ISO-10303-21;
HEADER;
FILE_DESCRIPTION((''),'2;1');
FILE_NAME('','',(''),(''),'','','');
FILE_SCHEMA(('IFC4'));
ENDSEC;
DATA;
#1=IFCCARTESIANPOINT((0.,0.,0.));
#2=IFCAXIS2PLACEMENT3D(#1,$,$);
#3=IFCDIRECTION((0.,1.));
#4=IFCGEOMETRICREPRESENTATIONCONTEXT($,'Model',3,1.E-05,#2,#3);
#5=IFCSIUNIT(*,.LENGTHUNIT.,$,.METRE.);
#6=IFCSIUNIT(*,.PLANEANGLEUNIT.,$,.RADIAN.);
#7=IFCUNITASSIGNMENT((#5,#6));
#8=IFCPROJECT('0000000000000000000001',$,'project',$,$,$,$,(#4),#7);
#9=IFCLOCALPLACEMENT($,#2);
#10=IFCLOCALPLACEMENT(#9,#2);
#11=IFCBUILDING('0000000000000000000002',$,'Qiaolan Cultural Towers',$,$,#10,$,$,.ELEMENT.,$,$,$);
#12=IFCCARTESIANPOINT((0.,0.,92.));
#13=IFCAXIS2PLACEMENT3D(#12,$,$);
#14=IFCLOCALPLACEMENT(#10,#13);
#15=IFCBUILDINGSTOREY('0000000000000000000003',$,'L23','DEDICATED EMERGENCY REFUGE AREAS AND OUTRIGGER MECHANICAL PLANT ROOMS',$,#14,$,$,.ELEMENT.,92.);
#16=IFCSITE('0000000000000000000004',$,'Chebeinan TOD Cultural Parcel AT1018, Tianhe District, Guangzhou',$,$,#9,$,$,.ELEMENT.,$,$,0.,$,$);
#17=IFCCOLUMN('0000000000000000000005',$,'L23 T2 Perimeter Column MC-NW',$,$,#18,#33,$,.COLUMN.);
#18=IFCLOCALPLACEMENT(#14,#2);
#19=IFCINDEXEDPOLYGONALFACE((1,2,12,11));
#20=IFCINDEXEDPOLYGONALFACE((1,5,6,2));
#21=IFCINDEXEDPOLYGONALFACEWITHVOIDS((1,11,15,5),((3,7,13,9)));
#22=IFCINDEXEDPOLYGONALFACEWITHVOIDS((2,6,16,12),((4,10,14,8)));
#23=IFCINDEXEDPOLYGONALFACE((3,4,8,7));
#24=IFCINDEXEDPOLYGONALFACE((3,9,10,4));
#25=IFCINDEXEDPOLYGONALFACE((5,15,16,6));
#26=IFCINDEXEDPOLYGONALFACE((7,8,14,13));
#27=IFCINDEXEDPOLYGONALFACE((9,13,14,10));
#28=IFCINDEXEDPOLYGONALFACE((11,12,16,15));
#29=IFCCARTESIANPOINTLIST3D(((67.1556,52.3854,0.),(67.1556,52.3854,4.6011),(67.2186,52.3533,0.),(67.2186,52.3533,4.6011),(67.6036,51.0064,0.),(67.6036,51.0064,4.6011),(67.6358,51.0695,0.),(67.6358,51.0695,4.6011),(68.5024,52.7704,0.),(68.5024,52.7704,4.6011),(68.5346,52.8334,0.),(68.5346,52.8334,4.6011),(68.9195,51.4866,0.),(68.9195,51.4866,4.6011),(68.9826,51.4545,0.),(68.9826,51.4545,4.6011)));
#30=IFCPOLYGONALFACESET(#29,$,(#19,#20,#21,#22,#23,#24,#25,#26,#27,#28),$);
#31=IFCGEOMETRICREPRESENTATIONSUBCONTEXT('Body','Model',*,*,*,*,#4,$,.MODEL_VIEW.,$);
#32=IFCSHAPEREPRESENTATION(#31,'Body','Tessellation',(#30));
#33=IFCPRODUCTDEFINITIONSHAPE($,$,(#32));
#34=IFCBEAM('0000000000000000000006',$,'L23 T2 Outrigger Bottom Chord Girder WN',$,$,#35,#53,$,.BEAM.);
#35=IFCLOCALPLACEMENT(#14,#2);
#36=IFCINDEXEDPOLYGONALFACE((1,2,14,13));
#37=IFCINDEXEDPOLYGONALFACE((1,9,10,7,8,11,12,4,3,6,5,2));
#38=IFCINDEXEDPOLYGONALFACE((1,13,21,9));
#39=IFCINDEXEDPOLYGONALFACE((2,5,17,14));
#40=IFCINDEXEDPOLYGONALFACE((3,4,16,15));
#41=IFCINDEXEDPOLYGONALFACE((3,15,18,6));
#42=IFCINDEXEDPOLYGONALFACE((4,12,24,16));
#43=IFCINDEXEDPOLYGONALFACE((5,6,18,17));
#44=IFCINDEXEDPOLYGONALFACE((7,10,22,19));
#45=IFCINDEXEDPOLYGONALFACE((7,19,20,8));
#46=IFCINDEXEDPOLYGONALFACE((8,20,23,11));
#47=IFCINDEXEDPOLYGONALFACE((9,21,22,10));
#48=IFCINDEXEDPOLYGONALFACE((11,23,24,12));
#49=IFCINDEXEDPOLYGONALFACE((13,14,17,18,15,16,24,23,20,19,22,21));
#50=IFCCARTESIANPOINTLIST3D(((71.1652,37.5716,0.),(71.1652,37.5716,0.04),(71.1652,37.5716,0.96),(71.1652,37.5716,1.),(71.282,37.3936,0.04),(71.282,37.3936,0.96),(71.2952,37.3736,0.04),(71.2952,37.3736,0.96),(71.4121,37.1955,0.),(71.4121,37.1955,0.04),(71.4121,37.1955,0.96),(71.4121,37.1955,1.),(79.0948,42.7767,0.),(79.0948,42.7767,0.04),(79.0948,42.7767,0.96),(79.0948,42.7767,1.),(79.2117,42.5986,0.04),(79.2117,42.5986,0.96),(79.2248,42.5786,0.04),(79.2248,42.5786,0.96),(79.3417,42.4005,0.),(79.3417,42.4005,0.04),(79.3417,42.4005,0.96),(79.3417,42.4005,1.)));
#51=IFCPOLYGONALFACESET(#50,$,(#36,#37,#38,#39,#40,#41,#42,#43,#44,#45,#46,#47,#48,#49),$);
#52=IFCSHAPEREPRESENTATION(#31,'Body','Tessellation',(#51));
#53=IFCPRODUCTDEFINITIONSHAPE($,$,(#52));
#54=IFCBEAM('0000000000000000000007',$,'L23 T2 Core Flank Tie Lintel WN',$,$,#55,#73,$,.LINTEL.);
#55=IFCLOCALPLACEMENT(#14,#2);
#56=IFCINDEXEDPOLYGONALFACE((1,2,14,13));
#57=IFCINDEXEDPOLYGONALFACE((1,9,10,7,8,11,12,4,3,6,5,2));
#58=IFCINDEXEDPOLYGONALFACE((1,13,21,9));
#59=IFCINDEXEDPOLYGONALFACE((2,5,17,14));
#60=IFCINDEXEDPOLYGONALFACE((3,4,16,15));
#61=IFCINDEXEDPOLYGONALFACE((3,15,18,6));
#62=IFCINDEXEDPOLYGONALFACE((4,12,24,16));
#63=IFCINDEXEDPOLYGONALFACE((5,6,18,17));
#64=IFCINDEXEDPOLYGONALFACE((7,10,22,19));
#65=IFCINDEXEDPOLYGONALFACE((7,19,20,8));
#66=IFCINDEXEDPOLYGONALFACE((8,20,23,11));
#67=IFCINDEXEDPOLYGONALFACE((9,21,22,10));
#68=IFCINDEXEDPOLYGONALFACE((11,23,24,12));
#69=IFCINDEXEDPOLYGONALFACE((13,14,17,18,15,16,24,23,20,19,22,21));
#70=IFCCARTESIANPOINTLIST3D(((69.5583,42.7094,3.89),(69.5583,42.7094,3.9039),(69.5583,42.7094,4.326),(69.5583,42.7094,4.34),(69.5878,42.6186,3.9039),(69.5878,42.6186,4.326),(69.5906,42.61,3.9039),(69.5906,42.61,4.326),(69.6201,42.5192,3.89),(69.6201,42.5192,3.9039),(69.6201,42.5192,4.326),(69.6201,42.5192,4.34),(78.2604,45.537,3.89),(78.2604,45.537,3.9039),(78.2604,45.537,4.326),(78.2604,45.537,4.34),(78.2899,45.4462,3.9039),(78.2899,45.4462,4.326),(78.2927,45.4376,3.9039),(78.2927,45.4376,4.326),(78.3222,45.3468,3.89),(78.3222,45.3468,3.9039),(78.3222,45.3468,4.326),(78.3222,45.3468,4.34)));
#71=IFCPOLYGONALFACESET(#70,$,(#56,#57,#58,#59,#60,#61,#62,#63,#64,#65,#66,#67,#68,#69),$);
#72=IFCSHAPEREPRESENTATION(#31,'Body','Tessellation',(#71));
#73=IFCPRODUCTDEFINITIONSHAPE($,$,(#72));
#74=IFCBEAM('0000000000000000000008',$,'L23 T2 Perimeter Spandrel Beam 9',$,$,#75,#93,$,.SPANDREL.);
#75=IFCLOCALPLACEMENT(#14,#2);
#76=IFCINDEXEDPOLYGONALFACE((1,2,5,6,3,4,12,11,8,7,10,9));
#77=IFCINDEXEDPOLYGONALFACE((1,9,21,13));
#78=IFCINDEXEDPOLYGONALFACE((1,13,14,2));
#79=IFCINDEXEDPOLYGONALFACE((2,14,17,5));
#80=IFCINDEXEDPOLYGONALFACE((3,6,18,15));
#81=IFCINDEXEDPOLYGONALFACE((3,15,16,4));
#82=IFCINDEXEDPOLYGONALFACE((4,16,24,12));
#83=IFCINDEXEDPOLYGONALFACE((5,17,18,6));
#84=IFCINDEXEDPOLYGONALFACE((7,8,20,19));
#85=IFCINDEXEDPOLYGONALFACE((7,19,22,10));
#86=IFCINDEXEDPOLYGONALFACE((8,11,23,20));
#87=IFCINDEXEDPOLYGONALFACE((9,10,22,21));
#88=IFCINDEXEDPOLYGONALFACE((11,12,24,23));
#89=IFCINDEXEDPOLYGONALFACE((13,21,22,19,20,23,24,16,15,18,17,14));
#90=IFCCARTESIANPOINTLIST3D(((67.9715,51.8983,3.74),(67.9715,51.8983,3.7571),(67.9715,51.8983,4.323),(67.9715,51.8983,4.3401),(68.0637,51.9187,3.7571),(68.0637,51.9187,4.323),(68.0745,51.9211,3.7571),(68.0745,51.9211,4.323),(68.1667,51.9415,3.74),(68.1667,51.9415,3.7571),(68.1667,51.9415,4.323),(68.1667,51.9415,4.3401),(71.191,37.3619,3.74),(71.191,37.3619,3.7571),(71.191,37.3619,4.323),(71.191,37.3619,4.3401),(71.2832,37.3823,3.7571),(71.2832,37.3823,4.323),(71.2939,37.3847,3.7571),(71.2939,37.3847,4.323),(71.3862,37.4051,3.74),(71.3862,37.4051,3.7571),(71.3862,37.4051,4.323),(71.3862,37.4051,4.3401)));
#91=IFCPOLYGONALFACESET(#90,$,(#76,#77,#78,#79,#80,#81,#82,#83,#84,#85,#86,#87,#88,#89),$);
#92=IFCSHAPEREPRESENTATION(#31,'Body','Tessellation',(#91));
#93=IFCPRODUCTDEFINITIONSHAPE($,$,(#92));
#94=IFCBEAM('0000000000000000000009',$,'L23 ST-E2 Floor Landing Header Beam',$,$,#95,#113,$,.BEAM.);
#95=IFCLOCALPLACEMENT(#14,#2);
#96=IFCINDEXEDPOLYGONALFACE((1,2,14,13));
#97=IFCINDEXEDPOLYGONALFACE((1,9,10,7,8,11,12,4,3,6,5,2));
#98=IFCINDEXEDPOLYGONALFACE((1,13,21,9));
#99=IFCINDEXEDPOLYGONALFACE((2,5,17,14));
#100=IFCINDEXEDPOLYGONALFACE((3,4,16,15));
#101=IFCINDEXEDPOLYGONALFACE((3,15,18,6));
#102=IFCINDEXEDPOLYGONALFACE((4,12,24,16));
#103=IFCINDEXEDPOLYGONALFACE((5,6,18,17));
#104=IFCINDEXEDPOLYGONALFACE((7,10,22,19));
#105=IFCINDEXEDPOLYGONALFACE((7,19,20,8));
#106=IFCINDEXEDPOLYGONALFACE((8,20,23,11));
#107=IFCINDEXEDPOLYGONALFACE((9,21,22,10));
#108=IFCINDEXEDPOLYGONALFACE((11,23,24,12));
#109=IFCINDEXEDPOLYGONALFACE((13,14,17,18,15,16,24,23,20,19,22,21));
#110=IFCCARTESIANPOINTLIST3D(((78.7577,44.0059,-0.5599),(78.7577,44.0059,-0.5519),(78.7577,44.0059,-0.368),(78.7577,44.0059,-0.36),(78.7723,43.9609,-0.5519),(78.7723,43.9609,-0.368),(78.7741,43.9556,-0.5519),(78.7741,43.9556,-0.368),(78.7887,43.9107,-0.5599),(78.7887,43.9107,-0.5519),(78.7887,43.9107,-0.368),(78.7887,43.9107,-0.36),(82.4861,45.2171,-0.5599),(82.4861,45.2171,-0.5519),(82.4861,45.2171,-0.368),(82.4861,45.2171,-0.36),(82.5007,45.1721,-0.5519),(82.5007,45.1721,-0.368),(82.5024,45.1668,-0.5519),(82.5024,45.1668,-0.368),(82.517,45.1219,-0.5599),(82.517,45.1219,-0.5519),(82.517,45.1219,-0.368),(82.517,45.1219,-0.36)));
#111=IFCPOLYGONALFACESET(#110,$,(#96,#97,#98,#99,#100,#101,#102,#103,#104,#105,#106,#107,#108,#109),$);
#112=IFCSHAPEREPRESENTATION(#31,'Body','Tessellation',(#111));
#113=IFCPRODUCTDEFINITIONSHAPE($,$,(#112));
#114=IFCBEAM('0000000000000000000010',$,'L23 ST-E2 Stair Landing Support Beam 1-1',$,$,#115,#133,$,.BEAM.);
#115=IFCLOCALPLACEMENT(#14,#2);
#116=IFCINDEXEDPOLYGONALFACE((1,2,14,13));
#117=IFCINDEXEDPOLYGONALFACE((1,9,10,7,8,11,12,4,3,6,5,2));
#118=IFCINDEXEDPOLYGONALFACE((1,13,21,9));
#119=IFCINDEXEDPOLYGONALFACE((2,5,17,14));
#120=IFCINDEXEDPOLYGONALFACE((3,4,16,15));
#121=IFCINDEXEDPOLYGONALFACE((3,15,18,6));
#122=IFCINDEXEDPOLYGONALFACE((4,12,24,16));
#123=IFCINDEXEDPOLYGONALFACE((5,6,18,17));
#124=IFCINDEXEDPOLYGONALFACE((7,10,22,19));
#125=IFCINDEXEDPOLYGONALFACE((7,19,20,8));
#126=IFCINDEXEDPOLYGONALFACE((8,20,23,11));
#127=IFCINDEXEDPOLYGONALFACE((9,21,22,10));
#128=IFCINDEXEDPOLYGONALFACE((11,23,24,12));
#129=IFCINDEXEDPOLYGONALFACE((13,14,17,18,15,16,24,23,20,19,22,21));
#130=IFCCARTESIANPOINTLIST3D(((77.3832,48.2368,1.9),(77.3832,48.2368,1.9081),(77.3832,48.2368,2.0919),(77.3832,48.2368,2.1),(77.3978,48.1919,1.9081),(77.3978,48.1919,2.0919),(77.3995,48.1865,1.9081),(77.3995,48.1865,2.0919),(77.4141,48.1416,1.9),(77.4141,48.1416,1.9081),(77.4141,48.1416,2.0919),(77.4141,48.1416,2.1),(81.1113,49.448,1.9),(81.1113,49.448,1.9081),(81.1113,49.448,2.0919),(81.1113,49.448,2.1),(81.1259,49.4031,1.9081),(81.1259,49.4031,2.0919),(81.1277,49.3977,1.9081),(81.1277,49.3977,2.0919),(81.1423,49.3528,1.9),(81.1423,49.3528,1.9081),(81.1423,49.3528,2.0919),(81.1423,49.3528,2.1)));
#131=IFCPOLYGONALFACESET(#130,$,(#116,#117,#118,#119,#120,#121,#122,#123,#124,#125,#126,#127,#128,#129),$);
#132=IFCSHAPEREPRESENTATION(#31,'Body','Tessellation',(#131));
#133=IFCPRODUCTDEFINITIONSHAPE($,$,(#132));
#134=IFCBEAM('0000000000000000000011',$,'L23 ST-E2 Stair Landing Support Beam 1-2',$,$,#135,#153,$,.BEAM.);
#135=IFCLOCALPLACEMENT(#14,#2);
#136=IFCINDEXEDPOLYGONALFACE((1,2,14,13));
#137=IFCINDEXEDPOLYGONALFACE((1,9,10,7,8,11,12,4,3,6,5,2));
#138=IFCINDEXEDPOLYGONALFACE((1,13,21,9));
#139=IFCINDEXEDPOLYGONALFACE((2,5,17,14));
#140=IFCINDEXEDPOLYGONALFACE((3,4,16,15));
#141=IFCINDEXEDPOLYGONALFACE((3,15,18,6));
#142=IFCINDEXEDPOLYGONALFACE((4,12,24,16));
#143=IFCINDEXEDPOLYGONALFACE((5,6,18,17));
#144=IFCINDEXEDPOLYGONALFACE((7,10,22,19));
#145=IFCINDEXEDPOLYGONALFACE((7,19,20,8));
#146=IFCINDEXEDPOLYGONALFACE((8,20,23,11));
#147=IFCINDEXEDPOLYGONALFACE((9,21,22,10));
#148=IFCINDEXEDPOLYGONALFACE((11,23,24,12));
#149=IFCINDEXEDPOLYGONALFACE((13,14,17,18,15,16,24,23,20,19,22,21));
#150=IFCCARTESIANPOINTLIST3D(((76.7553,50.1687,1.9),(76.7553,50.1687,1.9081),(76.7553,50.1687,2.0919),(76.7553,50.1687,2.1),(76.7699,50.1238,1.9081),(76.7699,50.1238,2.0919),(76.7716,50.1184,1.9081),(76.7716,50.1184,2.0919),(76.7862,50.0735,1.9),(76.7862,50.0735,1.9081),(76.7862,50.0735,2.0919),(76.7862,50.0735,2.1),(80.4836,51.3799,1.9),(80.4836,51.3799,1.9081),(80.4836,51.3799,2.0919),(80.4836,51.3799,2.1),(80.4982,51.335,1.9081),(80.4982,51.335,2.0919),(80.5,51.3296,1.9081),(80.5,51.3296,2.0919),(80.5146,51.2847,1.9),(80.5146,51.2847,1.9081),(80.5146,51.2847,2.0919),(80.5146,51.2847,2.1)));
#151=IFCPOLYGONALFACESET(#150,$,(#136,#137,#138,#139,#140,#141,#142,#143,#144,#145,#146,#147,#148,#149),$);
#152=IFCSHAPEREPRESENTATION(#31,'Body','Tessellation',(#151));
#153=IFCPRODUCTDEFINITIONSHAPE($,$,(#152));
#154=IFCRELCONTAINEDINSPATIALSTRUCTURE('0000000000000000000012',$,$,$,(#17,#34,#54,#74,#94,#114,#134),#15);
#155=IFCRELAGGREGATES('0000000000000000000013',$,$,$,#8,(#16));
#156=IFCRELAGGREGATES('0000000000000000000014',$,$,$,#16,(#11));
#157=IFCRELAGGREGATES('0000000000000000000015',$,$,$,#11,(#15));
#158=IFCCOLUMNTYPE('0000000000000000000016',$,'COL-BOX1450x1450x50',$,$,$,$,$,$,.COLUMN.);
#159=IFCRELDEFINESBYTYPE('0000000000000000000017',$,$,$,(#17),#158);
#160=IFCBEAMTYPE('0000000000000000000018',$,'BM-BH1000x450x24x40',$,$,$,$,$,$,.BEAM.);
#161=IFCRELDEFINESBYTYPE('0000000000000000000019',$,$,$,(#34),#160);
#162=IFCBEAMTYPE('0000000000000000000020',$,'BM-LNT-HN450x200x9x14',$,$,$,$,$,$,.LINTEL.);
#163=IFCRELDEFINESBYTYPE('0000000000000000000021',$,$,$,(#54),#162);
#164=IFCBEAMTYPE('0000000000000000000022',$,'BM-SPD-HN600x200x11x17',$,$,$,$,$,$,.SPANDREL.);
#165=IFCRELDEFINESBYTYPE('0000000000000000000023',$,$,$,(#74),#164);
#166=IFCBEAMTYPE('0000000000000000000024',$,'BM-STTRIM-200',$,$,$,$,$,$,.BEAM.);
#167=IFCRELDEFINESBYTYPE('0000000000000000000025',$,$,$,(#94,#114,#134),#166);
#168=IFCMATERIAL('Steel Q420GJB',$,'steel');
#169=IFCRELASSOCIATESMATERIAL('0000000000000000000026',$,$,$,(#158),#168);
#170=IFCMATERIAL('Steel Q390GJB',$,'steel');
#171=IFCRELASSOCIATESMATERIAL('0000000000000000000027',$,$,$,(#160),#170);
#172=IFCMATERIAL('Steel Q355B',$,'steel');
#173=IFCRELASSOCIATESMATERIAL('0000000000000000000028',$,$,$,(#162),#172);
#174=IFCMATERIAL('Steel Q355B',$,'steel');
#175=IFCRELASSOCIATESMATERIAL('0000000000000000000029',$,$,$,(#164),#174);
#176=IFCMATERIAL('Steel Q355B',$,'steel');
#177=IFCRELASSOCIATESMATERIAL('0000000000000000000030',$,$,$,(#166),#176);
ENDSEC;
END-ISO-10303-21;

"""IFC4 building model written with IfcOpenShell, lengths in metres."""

from ifc_helpers import new_model, si_unit, direction, frame, origin, origin_2d, place, context, subcontext, project, spatial, hollow_rectangle, i_section, extrude, material, material_profile, profile_set, type_object, element, save


model = new_model("IFC4")

# Units and contexts
model_context = context("Model", 3, precision=1e-05, world=origin(), true_north=direction((0.0, 1.0)))
body_context = subcontext(model_context, "Body", "Model", "MODEL_VIEW")
ifc_project = project(units=[si_unit("LENGTHUNIT", "METRE"), si_unit("PLANEANGLEUNIT", "RADIAN")], contexts=[model_context])

# Site, building, storey
site_placement = place(None, origin())
site = spatial("IfcSite", under=ifc_project, at=site_placement, Name="Chebeinan TOD Cultural Parcel AT1018, Tianhe District, Guangzhou", CompositionType="ELEMENT", RefElevation=0.0)
building_placement = place(site_placement, origin())
building = spatial("IfcBuilding", under=site, at=building_placement, Name="Qiaolan Cultural Towers", CompositionType="ELEMENT")
storey_placement = place(building_placement, frame((0.0, 0.0, 92.0)))
storey = spatial("IfcBuildingStorey", under=building, at=storey_placement, Name="L23", Description="DEDICATED EMERGENCY REFUGE AREAS AND OUTRIGGER MECHANICAL PLANT ROOMS", CompositionType="ELEMENT", Elevation=92.0)

# Column
ifc_material_1 = material(Name="Steel Q420GJB", Category="steel")
ifc_material_profile_1 = material_profile(ifc_material_1, hollow_rectangle(XDim=1.45, YDim=1.45, WallThickness=0.05, at=origin_2d()), Name="BOX1450x1450x50")
ifc_profile_set_1 = profile_set([ifc_material_profile_1], Name="Steel Q420GJB")
column_type = type_object("IfcColumnType", Name="COL-BOX1450x1450x50", PredefinedType="COLUMN", material=ifc_profile_set_1)
column_placement = place(storey_placement, frame((68.0691, 51.9199, 0.0), z_axis=(0.0, 0.0, 1.0), x_axis=(0.951057, 0.309017, 0.0)))
element("IfcColumn", 1, at=column_placement, inside=storey, type_object=column_type, Name="L23 T2 Perimeter Column MC-NW", PredefinedType="COLUMN", context=body_context, shape_type="SweptSolid", body=[
    extrude(hollow_rectangle(XDim=1.45, YDim=1.45, WallThickness=0.05, at=origin_2d()), origin(), (0.0, 0.0, 1.0), 4.6011),
])

# Beams
ifc_material_2 = material(Name="Steel Q390GJB", Category="steel")
ifc_material_profile_2 = material_profile(ifc_material_2, i_section(OverallWidth=0.45, OverallDepth=1.0, WebThickness=0.0239, FlangeThickness=0.04, at=origin_2d()), Name="BH1000x450x24x40")
ifc_profile_set_2 = profile_set([ifc_material_profile_2], Name="Steel Q390GJB")
beam_type_1 = type_object("IfcBeamType", Name="BM-BH1000x450x24x40", PredefinedType="BEAM", material=ifc_profile_set_2)
beam_1_placement = place(storey_placement, frame((79.2183, 42.5886, 0.5), z_axis=(-0.835989, -0.548746, 0.0), x_axis=(0.548746, -0.835989, 0.0)))
element("IfcBeam", 2, at=beam_1_placement, inside=storey, type_object=beam_type_1, Name="L23 T2 Outrigger Bottom Chord Girder WN", PredefinedType="BEAM", context=body_context, shape_type="SweptSolid", body=[
    extrude(i_section(OverallWidth=0.45, OverallDepth=1.0, WebThickness=0.0239, FlangeThickness=0.04, at=origin_2d()), origin(), (0.0, 0.0, 1.0), 9.4854),
])
ifc_material_3 = material(Name="Steel Q355B", Category="steel")
ifc_material_profile_3 = material_profile(ifc_material_3, i_section(OverallWidth=0.2, OverallDepth=0.45, WebThickness=0.009, FlangeThickness=0.0139, at=origin_2d()), Name="HN450x200x9x14")
ifc_profile_set_3 = profile_set([ifc_material_profile_3], Name="Steel Q355B")
beam_type_2 = type_object("IfcBeamType", Name="BM-LNT-HN450x200x9x14", PredefinedType="LINTEL", material=ifc_profile_set_3)
beam_2_placement = place(storey_placement, frame((78.2913, 45.4419, 4.115), z_axis=(-0.951052, -0.309031, 0.0), x_axis=(0.309031, -0.951052, 0.0)))
element("IfcBeam", 3, at=beam_2_placement, inside=storey, type_object=beam_type_2, Name="L23 T2 Core Flank Tie Lintel WN", PredefinedType="LINTEL", context=body_context, shape_type="SweptSolid", body=[
    extrude(i_section(OverallWidth=0.2, OverallDepth=0.45, WebThickness=0.009, FlangeThickness=0.0139, at=origin_2d()), origin(), (0.0, 0.0, 1.0), 9.1499),
])
ifc_material_4 = material(Name="Steel Q355B", Category="steel")
ifc_material_profile_4 = material_profile(ifc_material_4, i_section(OverallWidth=0.2, OverallDepth=0.6001, WebThickness=0.011, FlangeThickness=0.0171, at=origin_2d()), Name="HN600x200x11x17")
ifc_profile_set_4 = profile_set([ifc_material_profile_4], Name="Steel Q355B")
beam_type_3 = type_object("IfcBeamType", Name="BM-SPD-HN600x200x11x17", PredefinedType="SPANDREL", material=ifc_profile_set_4)
beam_3_placement = place(storey_placement, frame((68.0691, 51.9199, 4.04), z_axis=(0.216238, -0.976341, 0.0), x_axis=(0.976341, 0.216238, 0.0)))
element("IfcBeam", 4, at=beam_3_placement, inside=storey, type_object=beam_type_3, Name="L23 T2 Perimeter Spandrel Beam 9", PredefinedType="SPANDREL", context=body_context, shape_type="SweptSolid", body=[
    extrude(i_section(OverallWidth=0.2, OverallDepth=0.6001, WebThickness=0.011, FlangeThickness=0.0171, at=origin_2d()), origin(), (0.0, 0.0, 1.0), 14.8887),
])
ifc_material_5 = material(Name="Steel Q355B", Category="steel")
ifc_material_profile_5 = material_profile(ifc_material_5, i_section(OverallWidth=0.1001, OverallDepth=0.2, WebThickness=0.0056, FlangeThickness=0.0081, at=origin_2d()), Name="HN200x100x5.5x8")
ifc_profile_set_5 = profile_set([ifc_material_profile_5], Name="Steel Q355B")
beam_type_4 = type_object("IfcBeamType", Name="BM-STTRIM-200", PredefinedType="BEAM", material=ifc_profile_set_5)
beam_4_placement = place(storey_placement, frame((78.7732, 43.9583, -0.46), z_axis=(0.951072, 0.308969, 0.0), x_axis=(-0.308969, 0.951072, 0.0)))
element("IfcBeam", 5, at=beam_4_placement, inside=storey, type_object=beam_type_4, Name="L23 ST-E2 Floor Landing Header Beam", PredefinedType="BEAM", context=body_context, shape_type="SweptSolid", body=[
    extrude(i_section(OverallWidth=0.1001, OverallDepth=0.2, WebThickness=0.0056, FlangeThickness=0.0081, at=origin_2d()), origin(), (0.0, 0.0, 1.0), 3.9202),
])
beam_5_placement = place(storey_placement, frame((77.3987, 48.1892, 2.0), z_axis=(0.951066, 0.308987, 0.0), x_axis=(-0.308987, 0.951066, 0.0)))
element("IfcBeam", 6, at=beam_5_placement, inside=storey, type_object=beam_type_4, Name="L23 ST-E2 Stair Landing Support Beam 1-1", PredefinedType="BEAM", context=body_context, shape_type="SweptSolid", body=[
    extrude(i_section(OverallWidth=0.1001, OverallDepth=0.2, WebThickness=0.0056, FlangeThickness=0.0081, at=origin_2d()), origin(), (0.0, 0.0, 1.0), 3.9199),
])
beam_6_placement = place(storey_placement, frame((76.7708, 50.1211, 2.0), z_axis=(0.951072, 0.308969, 0.0), x_axis=(-0.308969, 0.951072, 0.0)))
element("IfcBeam", 7, at=beam_6_placement, inside=storey, type_object=beam_type_4, Name="L23 ST-E2 Stair Landing Support Beam 1-2", PredefinedType="BEAM", context=body_context, shape_type="SweptSolid", body=[
    extrude(i_section(OverallWidth=0.1001, OverallDepth=0.2, WebThickness=0.0056, FlangeThickness=0.0081, at=origin_2d()), origin(), (0.0, 0.0, 1.0), 3.9202),
])

save(model, "model.ifc")
